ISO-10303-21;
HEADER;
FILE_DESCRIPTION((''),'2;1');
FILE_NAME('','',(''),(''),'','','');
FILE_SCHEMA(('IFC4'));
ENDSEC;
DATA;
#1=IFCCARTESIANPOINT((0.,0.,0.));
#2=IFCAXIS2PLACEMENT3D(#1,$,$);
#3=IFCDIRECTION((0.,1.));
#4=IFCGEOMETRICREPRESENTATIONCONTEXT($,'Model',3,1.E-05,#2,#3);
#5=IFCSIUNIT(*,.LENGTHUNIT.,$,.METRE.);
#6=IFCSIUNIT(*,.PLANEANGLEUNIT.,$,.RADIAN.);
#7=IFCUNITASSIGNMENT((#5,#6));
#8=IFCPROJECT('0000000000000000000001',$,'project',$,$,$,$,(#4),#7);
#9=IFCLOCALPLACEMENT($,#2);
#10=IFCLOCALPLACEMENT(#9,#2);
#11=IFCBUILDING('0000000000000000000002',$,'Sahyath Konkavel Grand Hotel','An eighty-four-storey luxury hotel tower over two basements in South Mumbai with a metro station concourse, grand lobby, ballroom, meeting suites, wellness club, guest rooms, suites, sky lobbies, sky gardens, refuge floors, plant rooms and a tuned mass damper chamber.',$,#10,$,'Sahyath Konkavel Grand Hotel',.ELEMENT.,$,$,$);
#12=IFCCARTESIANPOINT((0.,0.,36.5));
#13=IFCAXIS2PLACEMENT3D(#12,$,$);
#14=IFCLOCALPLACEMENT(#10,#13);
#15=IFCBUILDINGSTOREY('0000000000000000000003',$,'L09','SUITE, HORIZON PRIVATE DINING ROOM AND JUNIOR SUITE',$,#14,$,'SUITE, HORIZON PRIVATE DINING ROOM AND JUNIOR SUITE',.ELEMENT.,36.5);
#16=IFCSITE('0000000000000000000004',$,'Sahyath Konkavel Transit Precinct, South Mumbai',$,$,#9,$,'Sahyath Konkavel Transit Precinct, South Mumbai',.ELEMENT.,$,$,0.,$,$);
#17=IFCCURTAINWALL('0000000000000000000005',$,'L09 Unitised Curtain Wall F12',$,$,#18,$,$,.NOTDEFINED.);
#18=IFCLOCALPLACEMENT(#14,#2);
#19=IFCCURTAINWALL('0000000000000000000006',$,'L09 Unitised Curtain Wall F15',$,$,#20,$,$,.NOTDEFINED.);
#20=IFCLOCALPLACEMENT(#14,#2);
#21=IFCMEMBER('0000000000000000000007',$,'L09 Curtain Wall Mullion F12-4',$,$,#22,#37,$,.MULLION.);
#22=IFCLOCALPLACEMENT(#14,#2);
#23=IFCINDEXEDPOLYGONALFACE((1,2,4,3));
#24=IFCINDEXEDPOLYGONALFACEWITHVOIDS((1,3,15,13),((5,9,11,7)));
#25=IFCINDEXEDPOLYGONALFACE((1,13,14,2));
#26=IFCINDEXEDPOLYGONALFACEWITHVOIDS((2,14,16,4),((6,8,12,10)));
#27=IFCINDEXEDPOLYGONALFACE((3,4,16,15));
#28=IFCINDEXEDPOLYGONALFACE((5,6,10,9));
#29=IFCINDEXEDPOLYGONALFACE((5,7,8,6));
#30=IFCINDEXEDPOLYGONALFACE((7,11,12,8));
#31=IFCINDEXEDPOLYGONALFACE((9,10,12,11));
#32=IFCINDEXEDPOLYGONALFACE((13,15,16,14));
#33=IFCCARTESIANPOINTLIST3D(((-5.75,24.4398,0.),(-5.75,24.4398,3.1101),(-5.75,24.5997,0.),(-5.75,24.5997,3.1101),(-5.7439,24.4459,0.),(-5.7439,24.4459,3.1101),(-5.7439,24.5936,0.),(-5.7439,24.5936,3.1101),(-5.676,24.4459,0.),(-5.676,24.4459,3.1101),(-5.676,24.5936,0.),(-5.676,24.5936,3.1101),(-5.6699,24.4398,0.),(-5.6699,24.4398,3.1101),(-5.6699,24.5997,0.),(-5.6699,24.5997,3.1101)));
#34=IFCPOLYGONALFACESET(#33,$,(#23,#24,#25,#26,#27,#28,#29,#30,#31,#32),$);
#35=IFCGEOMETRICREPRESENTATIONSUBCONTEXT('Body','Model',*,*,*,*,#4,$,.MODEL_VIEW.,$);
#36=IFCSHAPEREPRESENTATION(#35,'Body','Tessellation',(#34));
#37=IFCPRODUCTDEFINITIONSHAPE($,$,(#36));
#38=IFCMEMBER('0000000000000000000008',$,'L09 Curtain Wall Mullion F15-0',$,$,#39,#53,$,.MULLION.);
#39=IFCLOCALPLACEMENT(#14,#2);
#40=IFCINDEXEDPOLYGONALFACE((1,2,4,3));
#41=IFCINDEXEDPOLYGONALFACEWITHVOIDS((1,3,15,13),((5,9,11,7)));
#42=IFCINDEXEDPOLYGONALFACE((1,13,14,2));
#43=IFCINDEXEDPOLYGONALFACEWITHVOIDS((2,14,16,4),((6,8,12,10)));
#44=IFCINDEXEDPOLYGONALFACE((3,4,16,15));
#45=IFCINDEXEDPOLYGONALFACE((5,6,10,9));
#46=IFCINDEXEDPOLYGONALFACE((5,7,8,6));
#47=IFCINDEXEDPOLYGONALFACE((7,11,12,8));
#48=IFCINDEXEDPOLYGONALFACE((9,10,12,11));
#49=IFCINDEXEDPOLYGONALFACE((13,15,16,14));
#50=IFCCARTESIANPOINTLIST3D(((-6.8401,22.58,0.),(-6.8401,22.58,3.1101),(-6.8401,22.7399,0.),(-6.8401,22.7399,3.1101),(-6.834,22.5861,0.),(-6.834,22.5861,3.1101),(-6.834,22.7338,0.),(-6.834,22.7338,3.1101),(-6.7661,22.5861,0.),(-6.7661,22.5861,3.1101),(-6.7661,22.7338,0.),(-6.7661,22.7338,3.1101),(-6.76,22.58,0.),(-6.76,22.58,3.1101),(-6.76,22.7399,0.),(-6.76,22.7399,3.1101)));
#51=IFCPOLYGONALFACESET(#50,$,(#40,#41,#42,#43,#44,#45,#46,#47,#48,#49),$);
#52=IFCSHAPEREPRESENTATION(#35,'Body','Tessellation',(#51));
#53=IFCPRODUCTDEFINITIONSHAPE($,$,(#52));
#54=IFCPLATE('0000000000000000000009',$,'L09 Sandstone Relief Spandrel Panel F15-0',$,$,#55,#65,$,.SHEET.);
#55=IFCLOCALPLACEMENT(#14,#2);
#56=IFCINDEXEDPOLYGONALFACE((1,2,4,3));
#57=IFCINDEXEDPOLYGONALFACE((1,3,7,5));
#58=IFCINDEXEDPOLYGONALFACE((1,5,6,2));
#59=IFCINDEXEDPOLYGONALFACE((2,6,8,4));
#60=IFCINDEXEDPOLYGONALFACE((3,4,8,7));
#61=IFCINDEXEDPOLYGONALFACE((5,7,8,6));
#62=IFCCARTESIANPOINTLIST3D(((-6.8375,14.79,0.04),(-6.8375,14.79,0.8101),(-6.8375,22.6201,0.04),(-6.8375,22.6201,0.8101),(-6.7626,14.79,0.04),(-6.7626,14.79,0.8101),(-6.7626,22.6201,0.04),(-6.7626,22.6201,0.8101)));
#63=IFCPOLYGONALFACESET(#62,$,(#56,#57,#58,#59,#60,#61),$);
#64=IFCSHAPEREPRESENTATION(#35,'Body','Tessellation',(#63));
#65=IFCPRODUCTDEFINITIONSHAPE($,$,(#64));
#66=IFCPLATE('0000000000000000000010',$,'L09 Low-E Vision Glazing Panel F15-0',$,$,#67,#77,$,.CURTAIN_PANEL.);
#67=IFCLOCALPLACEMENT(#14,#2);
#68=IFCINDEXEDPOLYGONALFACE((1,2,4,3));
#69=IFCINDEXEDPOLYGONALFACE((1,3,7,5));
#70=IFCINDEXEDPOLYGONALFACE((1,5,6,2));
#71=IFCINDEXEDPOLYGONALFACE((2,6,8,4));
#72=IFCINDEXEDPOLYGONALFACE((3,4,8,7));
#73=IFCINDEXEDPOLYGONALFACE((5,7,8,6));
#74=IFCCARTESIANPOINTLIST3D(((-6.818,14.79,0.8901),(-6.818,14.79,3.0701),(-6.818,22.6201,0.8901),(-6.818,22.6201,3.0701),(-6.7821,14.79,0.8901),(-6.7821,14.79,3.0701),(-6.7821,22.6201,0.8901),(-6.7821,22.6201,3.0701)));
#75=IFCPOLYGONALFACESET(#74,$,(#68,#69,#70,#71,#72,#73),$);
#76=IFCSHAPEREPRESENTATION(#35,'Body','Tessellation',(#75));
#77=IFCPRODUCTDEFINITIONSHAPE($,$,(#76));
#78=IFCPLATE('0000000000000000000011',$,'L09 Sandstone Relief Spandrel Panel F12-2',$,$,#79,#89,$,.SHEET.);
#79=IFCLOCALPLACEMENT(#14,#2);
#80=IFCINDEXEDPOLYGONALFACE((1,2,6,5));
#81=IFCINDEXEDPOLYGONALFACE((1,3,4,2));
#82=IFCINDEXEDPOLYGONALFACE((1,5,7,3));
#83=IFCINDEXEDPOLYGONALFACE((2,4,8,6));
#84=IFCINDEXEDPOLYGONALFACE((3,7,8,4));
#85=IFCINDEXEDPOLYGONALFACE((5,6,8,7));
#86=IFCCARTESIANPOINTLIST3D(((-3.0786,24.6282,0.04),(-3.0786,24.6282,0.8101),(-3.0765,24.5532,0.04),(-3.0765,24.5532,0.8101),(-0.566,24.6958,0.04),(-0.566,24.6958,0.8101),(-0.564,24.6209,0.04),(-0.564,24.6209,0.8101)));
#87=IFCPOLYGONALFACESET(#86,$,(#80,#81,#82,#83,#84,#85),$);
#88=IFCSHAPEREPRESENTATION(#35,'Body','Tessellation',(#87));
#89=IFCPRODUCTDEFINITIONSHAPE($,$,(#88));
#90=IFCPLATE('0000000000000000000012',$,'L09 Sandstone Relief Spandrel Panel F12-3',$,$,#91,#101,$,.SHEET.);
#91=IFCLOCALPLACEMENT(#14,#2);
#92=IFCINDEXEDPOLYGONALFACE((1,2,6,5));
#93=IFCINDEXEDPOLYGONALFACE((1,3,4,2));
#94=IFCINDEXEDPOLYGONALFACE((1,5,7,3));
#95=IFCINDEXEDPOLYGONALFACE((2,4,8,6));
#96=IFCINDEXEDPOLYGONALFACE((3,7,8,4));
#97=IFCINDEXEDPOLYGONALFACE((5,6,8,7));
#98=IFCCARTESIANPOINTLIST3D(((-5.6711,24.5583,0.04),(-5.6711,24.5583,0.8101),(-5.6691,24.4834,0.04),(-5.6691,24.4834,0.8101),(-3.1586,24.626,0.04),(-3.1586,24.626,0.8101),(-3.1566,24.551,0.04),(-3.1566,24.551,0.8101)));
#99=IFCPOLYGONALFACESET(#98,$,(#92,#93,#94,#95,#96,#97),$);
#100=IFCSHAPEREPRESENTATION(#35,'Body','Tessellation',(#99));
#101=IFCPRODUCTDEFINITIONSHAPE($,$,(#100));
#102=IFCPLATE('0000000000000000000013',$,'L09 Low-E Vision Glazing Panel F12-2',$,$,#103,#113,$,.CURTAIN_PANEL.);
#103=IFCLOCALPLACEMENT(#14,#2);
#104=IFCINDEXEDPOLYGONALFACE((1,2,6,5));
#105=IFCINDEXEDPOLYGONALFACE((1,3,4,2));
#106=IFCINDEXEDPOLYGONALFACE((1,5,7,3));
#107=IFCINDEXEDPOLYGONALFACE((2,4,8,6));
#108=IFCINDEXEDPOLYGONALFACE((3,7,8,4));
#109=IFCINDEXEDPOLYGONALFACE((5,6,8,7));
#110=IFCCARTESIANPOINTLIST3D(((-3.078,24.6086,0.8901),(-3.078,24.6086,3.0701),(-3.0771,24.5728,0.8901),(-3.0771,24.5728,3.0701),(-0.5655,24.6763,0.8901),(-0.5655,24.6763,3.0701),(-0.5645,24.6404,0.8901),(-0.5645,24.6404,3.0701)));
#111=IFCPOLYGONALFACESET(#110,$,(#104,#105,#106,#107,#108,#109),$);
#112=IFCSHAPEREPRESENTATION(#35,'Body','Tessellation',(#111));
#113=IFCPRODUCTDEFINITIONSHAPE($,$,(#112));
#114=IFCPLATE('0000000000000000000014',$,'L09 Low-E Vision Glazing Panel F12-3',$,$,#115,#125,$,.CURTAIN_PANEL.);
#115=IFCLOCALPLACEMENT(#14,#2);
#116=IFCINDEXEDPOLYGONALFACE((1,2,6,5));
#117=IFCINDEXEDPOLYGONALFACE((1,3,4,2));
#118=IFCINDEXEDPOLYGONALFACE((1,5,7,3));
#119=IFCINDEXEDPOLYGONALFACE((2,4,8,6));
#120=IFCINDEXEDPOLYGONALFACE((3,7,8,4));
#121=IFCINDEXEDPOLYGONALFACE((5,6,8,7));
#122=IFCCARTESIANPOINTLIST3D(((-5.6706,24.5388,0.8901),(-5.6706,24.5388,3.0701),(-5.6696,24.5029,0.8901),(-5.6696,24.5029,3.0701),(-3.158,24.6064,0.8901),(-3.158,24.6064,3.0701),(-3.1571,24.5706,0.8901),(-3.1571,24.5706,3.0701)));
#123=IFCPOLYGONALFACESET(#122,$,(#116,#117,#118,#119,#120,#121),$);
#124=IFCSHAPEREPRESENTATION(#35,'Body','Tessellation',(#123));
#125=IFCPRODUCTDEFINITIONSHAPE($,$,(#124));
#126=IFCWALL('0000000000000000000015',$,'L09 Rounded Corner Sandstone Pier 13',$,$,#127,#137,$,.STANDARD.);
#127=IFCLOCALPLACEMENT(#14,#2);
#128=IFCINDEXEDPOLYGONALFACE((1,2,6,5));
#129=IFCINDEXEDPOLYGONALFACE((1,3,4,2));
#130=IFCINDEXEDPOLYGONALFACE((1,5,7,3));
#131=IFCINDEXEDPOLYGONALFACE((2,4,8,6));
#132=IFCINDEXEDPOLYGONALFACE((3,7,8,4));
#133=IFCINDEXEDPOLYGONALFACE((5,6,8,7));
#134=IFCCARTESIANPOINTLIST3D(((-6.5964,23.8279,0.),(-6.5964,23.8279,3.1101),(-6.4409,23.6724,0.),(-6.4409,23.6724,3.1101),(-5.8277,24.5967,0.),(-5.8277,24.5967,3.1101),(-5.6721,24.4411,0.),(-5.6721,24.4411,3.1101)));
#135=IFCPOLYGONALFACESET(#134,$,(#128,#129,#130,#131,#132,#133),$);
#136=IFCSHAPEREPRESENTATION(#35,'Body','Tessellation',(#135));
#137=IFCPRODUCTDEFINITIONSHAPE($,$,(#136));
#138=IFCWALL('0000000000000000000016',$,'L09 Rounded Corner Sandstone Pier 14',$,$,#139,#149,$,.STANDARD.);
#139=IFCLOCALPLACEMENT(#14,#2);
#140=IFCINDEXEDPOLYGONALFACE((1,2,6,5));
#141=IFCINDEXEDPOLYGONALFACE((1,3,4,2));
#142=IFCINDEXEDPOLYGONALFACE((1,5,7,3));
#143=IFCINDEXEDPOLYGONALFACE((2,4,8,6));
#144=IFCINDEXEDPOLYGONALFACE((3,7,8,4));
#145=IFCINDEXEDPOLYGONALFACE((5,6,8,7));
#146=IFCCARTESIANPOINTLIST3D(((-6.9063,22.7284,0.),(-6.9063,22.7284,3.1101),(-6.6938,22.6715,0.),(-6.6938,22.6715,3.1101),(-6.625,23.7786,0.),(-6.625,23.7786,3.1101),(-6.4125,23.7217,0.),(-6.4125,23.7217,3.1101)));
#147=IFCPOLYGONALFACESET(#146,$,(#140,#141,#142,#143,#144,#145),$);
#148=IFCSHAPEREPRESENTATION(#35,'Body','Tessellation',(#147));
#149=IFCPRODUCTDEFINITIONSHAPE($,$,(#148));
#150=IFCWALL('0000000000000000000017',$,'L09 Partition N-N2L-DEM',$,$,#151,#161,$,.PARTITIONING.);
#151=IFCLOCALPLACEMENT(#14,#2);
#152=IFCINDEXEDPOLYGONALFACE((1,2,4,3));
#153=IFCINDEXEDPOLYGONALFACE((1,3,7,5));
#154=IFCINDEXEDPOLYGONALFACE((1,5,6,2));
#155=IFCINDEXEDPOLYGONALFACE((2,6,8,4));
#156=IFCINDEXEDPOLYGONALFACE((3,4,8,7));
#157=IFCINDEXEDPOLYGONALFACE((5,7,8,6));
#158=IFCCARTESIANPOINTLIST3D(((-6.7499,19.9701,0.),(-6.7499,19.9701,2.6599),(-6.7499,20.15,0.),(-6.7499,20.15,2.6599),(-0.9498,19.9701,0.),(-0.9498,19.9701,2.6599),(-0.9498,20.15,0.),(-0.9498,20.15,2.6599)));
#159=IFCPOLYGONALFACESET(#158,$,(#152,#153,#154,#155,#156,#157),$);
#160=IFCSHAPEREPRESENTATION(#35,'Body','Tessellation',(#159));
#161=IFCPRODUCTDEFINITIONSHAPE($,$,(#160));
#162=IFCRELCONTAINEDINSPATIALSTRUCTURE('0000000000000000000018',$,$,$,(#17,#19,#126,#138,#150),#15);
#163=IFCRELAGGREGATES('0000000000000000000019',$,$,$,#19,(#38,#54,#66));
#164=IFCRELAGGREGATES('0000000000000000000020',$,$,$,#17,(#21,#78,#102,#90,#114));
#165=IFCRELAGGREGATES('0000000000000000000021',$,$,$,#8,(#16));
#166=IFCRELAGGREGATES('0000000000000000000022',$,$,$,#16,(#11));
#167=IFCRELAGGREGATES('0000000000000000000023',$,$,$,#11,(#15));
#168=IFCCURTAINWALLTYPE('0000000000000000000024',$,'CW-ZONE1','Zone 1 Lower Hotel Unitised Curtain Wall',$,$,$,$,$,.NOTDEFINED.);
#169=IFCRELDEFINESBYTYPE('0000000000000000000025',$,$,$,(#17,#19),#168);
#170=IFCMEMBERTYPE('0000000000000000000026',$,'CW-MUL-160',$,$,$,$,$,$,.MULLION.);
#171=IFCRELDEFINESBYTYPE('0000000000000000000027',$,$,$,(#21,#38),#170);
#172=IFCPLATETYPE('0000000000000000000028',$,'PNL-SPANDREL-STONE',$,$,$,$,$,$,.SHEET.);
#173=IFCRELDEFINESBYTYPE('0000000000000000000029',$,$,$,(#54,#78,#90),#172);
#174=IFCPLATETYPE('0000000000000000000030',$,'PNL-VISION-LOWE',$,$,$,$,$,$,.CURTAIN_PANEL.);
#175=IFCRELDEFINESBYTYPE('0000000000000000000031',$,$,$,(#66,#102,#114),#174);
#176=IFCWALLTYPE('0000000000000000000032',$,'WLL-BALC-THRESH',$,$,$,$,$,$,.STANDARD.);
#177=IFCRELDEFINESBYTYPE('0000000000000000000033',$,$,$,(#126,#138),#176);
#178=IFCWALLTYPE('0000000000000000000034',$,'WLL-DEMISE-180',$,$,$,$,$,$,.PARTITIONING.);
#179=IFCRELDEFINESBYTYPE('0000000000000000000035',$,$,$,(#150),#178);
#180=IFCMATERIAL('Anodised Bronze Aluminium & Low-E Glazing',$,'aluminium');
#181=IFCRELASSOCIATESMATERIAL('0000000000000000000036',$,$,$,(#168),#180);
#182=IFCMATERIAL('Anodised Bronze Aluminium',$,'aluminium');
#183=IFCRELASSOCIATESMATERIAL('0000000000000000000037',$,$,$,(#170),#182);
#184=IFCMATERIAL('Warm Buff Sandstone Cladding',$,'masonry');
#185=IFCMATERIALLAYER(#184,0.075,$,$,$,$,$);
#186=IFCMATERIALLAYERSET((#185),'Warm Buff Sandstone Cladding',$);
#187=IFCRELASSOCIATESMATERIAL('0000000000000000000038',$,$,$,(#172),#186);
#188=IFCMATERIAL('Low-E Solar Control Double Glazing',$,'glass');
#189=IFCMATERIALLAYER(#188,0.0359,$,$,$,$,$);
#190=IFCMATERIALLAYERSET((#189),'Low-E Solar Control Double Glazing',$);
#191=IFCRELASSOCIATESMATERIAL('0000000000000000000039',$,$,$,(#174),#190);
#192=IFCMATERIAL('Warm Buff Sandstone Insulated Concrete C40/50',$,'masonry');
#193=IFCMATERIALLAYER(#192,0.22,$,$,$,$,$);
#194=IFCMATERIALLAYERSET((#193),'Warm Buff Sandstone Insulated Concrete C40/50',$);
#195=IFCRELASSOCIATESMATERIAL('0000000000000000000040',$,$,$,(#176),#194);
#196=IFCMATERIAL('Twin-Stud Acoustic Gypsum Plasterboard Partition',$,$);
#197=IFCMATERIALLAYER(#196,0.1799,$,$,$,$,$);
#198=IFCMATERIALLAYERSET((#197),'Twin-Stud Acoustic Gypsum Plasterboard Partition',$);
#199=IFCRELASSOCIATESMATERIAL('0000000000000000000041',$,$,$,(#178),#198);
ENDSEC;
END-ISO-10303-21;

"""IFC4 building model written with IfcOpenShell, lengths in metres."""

from ifc_helpers import new_model, si_unit, direction, frame, frame_2d, origin, origin_2d, place, context, subcontext, project, spatial, rectangle, hollow_rectangle, extrude, source, transform, mapped, material, layer, layer_set, material_profile, profile_set, type_object, element, aggregate, save


model = new_model("IFC4")

# Units and contexts
model_context = context("Model", 3, precision=1e-05, world=origin(), true_north=direction((0.0, 1.0)))
body_context = subcontext(model_context, "Body", "Model", "MODEL_VIEW")
ifc_project = project(units=[si_unit("LENGTHUNIT", "METRE"), si_unit("PLANEANGLEUNIT", "RADIAN")], contexts=[model_context])

# Site, building, storey
site_placement = place(None, origin())
site = spatial("IfcSite", under=ifc_project, at=site_placement, Name="Sahyath Konkavel Transit Precinct, South Mumbai", LongName="Sahyath Konkavel Transit Precinct, South Mumbai", CompositionType="ELEMENT", RefElevation=0.0)
building_placement = place(site_placement, origin())
building = spatial("IfcBuilding", under=site, at=building_placement, Name="Sahyath Konkavel Grand Hotel", Description="An eighty-four-storey luxury hotel tower over two basements in South Mumbai with a metro station concourse, grand lobby, ballroom, meeting suites, wellness club, guest rooms, suites, sky lobbies, sky gardens, refuge floors, plant rooms and a tuned mass damper chamber.", LongName="Sahyath Konkavel Grand Hotel", CompositionType="ELEMENT")
storey_placement = place(building_placement, frame((0.0, 0.0, 36.5)))
storey = spatial("IfcBuildingStorey", under=building, at=storey_placement, Name="L09", Description="SUITE, HORIZON PRIVATE DINING ROOM AND JUNIOR SUITE", LongName="SUITE, HORIZON PRIVATE DINING ROOM AND JUNIOR SUITE", CompositionType="ELEMENT", Elevation=36.5)

# Curtain walls
ifc_material_1 = material(Name="Anodised Bronze Aluminium & Low-E Glazing", Category="aluminium")
curtain_wall_type = type_object("IfcCurtainWallType", Name="CW-ZONE1", Description="Zone 1 Lower Hotel Unitised Curtain Wall", PredefinedType="NOTDEFINED", material=ifc_material_1)
curtain_wall_1_placement = place(storey_placement, origin())
curtain_wall_1 = element("IfcCurtainWall", 1, at=curtain_wall_1_placement, inside=storey, type_object=curtain_wall_type, Name="L09 Unitised Curtain Wall F12", PredefinedType="NOTDEFINED")
curtain_wall_2_placement = place(storey_placement, origin())
curtain_wall_2 = element("IfcCurtainWall", 2, at=curtain_wall_2_placement, inside=storey, type_object=curtain_wall_type, Name="L09 Unitised Curtain Wall F15", PredefinedType="NOTDEFINED")
ifc_material_2 = material(Name="Anodised Bronze Aluminium", Category="aluminium")

# Members
ifc_material_profile_1 = material_profile(ifc_material_2, hollow_rectangle(XDim=0.0801, YDim=0.1599, WallThickness=0.0061, at=origin_2d()), Name="RHS 160x80x6")
ifc_profile_set_1 = profile_set([ifc_material_profile_1], Name="Anodised Bronze Aluminium")
member_type_1 = type_object("IfcMemberType", Name="CW-MUL-160", PredefinedType="MULLION", material=ifc_profile_set_1)
shared_shape_1 = source(origin(), body_context, "Body", "SweptSolid", [
    extrude(hollow_rectangle(XDim=0.0801, YDim=0.1599, WallThickness=0.0061, at=origin_2d()), origin(), (0.0, 0.0, 1.0), 3.1101),
])
member_1_placement = place(storey_placement, frame((-5.71, 24.5198, 0.0), z_axis=(0.0, 0.0, 1.0), x_axis=(1.0, 0.0, 0.0)))
member_1 = element("IfcMember", 3, at=member_1_placement, type_object=member_type_1, Name="L09 Curtain Wall Mullion F12-4", PredefinedType="MULLION", context=body_context, shape_type="MappedRepresentation", body=[
    mapped(shared_shape_1, transform((0.0, 0.0, 0.0), scale=1.0)),
])
member_2_placement = place(storey_placement, frame((-6.8, 22.6599, 0.0), z_axis=(0.0, 0.0, 1.0), x_axis=(1.0, 0.0, 0.0)))
member_2 = element("IfcMember", 4, at=member_2_placement, type_object=member_type_1, Name="L09 Curtain Wall Mullion F15-0", PredefinedType="MULLION", context=body_context, shape_type="MappedRepresentation", body=[
    mapped(shared_shape_1, transform((0.0, 0.0, 0.0), scale=1.0)),
])

# Plates
ifc_material_3 = material(Name="Warm Buff Sandstone Cladding", Category="masonry")
ifc_layer_1 = layer(ifc_material_3, 0.075)
ifc_layer_set_1 = layer_set([ifc_layer_1], Name="Warm Buff Sandstone Cladding")
plate_type_1 = type_object("IfcPlateType", Name="PNL-SPANDREL-STONE", PredefinedType="SHEET", material=ifc_layer_set_1)
shared_shape_2 = source(origin(), body_context, "Body", "SweptSolid", [
    extrude(rectangle(XDim=7.8301, YDim=0.075, at=origin_2d()), origin(), (0.0, 0.0, 1.0), 0.77),
])
plate_1_placement = place(storey_placement, frame((-6.8, 18.7051, 0.04), z_axis=(0.0, 0.0, 1.0), x_axis=(0.0, -1.0, 0.0)))
plate_1 = element("IfcPlate", 5, at=plate_1_placement, type_object=plate_type_1, Name="L09 Sandstone Relief Spandrel Panel F15-0", PredefinedType="SHEET", context=body_context, shape_type="MappedRepresentation", body=[
    mapped(shared_shape_2, transform((0.0, 0.0, 0.0), scale=1.0)),
])
ifc_material_4 = material(Name="Low-E Solar Control Double Glazing", Category="glass")
ifc_layer_2 = layer(ifc_material_4, 0.0359)
ifc_layer_set_2 = layer_set([ifc_layer_2], Name="Low-E Solar Control Double Glazing")
plate_type_2 = type_object("IfcPlateType", Name="PNL-VISION-LOWE", PredefinedType="CURTAIN_PANEL", material=ifc_layer_set_2)
shared_shape_3 = source(origin(), body_context, "Body", "SweptSolid", [
    extrude(rectangle(XDim=7.8301, YDim=0.0359, at=origin_2d()), origin(), (0.0, 0.0, 1.0), 2.1799),
])
plate_2_placement = place(storey_placement, frame((-6.8, 18.7051, 0.8901), z_axis=(0.0, 0.0, 1.0), x_axis=(0.0, -1.0, 0.0)))
plate_2 = element("IfcPlate", 6, at=plate_2_placement, type_object=plate_type_2, Name="L09 Low-E Vision Glazing Panel F15-0", PredefinedType="CURTAIN_PANEL", context=body_context, shape_type="MappedRepresentation", body=[
    mapped(shared_shape_3, transform((0.0, 0.0, 0.0), scale=1.0)),
])
aggregate(curtain_wall_2, [member_2, plate_1, plate_2])
shared_shape_4 = source(origin(), body_context, "Body", "SweptSolid", [
    extrude(rectangle(XDim=2.5134, YDim=0.075, at=origin_2d()), origin(), (0.0, 0.0, 1.0), 0.77),
])
plate_3_placement = place(storey_placement, frame((-1.8213, 24.6245, 0.04), z_axis=(0.0, 0.0, 1.0), x_axis=(-0.999638, -0.02691, 0.0)))
plate_3 = element("IfcPlate", 7, at=plate_3_placement, type_object=plate_type_1, Name="L09 Sandstone Relief Spandrel Panel F12-2", PredefinedType="SHEET", context=body_context, shape_type="MappedRepresentation", body=[
    mapped(shared_shape_4, transform((0.0, 0.0, 0.0), scale=1.0)),
])
plate_4_placement = place(storey_placement, frame((-4.4138, 24.5547, 0.04), z_axis=(0.0, 0.0, 1.0), x_axis=(-0.999638, -0.02691, 0.0)))
plate_4 = element("IfcPlate", 8, at=plate_4_placement, type_object=plate_type_1, Name="L09 Sandstone Relief Spandrel Panel F12-3", PredefinedType="SHEET", context=body_context, shape_type="MappedRepresentation", body=[
    mapped(shared_shape_4, transform((0.0, 0.0, 0.0), scale=1.0)),
])
shared_shape_5 = source(origin(), body_context, "Body", "SweptSolid", [
    extrude(rectangle(XDim=2.5134, YDim=0.0359, at=origin_2d()), origin(), (0.0, 0.0, 1.0), 2.1799),
])
plate_5_placement = place(storey_placement, frame((-1.8213, 24.6245, 0.8901), z_axis=(0.0, 0.0, 1.0), x_axis=(-0.999638, -0.02691, 0.0)))
plate_5 = element("IfcPlate", 9, at=plate_5_placement, type_object=plate_type_2, Name="L09 Low-E Vision Glazing Panel F12-2", PredefinedType="CURTAIN_PANEL", context=body_context, shape_type="MappedRepresentation", body=[
    mapped(shared_shape_5, transform((0.0, 0.0, 0.0), scale=1.0)),
])
plate_6_placement = place(storey_placement, frame((-4.4138, 24.5547, 0.8901), z_axis=(0.0, 0.0, 1.0), x_axis=(-0.999638, -0.02691, 0.0)))
plate_6 = element("IfcPlate", 10, at=plate_6_placement, type_object=plate_type_2, Name="L09 Low-E Vision Glazing Panel F12-3", PredefinedType="CURTAIN_PANEL", context=body_context, shape_type="MappedRepresentation", body=[
    mapped(shared_shape_5, transform((0.0, 0.0, 0.0), scale=1.0)),
])
aggregate(curtain_wall_1, [member_1, plate_3, plate_5, plate_4, plate_6])

# Walls
ifc_material_5 = material(Name="Warm Buff Sandstone Insulated Concrete C40/50", Category="masonry")
ifc_layer_3 = layer(ifc_material_5, 0.22)
ifc_layer_set_3 = layer_set([ifc_layer_3], Name="Warm Buff Sandstone Insulated Concrete C40/50")
wall_type_1 = type_object("IfcWallType", Name="WLL-BALC-THRESH", PredefinedType="STANDARD", material=ifc_layer_set_3)
for number, where, z_axis, x_axis, name in (
    (11, (-5.75, 24.5188, 0.0), (0.0, 0.0, 1.0), (-0.707107, -0.707107, 0.0), "L09 Rounded Corner Sandstone Pier 13"),
    (12, (-6.5188, 23.75, 0.0), (0.0, 0.0, 1.0), (-0.258725, -0.965951, 0.0), "L09 Rounded Corner Sandstone Pier 14"),
):
    element("IfcWall", number, at=place(storey_placement, frame(where, z_axis=z_axis, x_axis=x_axis)), inside=storey, type_object=wall_type_1, Name=name, PredefinedType="STANDARD", context=body_context, shape_type="SweptSolid", body=[
        extrude(rectangle(XDim=1.0872, YDim=0.22, at=frame_2d((0.5435, 0.0))), origin(), (0.0, 0.0, 1.0), 3.1101),
    ])
ifc_material_6 = material(Name="Twin-Stud Acoustic Gypsum Plasterboard Partition")
ifc_layer_4 = layer(ifc_material_6, 0.1799)
ifc_layer_set_4 = layer_set([ifc_layer_4], Name="Twin-Stud Acoustic Gypsum Plasterboard Partition")
wall_type_2 = type_object("IfcWallType", Name="WLL-DEMISE-180", PredefinedType="PARTITIONING", material=ifc_layer_set_4)
wall_1_placement = place(storey_placement, frame((-0.95, 20.0601, 0.0), z_axis=(0.0, 0.0, 1.0), x_axis=(-1.0, 0.0, 0.0)))
element("IfcWall", 13, at=wall_1_placement, inside=storey, type_object=wall_type_2, Name="L09 Partition N-N2L-DEM", PredefinedType="PARTITIONING", context=body_context, shape_type="SweptSolid", body=[
    extrude(rectangle(XDim=5.8, YDim=0.1799, at=frame_2d((2.8999, 0.0))), origin(), (0.0, 0.0, 1.0), 2.6599),
])

save(model, "model.ifc")
